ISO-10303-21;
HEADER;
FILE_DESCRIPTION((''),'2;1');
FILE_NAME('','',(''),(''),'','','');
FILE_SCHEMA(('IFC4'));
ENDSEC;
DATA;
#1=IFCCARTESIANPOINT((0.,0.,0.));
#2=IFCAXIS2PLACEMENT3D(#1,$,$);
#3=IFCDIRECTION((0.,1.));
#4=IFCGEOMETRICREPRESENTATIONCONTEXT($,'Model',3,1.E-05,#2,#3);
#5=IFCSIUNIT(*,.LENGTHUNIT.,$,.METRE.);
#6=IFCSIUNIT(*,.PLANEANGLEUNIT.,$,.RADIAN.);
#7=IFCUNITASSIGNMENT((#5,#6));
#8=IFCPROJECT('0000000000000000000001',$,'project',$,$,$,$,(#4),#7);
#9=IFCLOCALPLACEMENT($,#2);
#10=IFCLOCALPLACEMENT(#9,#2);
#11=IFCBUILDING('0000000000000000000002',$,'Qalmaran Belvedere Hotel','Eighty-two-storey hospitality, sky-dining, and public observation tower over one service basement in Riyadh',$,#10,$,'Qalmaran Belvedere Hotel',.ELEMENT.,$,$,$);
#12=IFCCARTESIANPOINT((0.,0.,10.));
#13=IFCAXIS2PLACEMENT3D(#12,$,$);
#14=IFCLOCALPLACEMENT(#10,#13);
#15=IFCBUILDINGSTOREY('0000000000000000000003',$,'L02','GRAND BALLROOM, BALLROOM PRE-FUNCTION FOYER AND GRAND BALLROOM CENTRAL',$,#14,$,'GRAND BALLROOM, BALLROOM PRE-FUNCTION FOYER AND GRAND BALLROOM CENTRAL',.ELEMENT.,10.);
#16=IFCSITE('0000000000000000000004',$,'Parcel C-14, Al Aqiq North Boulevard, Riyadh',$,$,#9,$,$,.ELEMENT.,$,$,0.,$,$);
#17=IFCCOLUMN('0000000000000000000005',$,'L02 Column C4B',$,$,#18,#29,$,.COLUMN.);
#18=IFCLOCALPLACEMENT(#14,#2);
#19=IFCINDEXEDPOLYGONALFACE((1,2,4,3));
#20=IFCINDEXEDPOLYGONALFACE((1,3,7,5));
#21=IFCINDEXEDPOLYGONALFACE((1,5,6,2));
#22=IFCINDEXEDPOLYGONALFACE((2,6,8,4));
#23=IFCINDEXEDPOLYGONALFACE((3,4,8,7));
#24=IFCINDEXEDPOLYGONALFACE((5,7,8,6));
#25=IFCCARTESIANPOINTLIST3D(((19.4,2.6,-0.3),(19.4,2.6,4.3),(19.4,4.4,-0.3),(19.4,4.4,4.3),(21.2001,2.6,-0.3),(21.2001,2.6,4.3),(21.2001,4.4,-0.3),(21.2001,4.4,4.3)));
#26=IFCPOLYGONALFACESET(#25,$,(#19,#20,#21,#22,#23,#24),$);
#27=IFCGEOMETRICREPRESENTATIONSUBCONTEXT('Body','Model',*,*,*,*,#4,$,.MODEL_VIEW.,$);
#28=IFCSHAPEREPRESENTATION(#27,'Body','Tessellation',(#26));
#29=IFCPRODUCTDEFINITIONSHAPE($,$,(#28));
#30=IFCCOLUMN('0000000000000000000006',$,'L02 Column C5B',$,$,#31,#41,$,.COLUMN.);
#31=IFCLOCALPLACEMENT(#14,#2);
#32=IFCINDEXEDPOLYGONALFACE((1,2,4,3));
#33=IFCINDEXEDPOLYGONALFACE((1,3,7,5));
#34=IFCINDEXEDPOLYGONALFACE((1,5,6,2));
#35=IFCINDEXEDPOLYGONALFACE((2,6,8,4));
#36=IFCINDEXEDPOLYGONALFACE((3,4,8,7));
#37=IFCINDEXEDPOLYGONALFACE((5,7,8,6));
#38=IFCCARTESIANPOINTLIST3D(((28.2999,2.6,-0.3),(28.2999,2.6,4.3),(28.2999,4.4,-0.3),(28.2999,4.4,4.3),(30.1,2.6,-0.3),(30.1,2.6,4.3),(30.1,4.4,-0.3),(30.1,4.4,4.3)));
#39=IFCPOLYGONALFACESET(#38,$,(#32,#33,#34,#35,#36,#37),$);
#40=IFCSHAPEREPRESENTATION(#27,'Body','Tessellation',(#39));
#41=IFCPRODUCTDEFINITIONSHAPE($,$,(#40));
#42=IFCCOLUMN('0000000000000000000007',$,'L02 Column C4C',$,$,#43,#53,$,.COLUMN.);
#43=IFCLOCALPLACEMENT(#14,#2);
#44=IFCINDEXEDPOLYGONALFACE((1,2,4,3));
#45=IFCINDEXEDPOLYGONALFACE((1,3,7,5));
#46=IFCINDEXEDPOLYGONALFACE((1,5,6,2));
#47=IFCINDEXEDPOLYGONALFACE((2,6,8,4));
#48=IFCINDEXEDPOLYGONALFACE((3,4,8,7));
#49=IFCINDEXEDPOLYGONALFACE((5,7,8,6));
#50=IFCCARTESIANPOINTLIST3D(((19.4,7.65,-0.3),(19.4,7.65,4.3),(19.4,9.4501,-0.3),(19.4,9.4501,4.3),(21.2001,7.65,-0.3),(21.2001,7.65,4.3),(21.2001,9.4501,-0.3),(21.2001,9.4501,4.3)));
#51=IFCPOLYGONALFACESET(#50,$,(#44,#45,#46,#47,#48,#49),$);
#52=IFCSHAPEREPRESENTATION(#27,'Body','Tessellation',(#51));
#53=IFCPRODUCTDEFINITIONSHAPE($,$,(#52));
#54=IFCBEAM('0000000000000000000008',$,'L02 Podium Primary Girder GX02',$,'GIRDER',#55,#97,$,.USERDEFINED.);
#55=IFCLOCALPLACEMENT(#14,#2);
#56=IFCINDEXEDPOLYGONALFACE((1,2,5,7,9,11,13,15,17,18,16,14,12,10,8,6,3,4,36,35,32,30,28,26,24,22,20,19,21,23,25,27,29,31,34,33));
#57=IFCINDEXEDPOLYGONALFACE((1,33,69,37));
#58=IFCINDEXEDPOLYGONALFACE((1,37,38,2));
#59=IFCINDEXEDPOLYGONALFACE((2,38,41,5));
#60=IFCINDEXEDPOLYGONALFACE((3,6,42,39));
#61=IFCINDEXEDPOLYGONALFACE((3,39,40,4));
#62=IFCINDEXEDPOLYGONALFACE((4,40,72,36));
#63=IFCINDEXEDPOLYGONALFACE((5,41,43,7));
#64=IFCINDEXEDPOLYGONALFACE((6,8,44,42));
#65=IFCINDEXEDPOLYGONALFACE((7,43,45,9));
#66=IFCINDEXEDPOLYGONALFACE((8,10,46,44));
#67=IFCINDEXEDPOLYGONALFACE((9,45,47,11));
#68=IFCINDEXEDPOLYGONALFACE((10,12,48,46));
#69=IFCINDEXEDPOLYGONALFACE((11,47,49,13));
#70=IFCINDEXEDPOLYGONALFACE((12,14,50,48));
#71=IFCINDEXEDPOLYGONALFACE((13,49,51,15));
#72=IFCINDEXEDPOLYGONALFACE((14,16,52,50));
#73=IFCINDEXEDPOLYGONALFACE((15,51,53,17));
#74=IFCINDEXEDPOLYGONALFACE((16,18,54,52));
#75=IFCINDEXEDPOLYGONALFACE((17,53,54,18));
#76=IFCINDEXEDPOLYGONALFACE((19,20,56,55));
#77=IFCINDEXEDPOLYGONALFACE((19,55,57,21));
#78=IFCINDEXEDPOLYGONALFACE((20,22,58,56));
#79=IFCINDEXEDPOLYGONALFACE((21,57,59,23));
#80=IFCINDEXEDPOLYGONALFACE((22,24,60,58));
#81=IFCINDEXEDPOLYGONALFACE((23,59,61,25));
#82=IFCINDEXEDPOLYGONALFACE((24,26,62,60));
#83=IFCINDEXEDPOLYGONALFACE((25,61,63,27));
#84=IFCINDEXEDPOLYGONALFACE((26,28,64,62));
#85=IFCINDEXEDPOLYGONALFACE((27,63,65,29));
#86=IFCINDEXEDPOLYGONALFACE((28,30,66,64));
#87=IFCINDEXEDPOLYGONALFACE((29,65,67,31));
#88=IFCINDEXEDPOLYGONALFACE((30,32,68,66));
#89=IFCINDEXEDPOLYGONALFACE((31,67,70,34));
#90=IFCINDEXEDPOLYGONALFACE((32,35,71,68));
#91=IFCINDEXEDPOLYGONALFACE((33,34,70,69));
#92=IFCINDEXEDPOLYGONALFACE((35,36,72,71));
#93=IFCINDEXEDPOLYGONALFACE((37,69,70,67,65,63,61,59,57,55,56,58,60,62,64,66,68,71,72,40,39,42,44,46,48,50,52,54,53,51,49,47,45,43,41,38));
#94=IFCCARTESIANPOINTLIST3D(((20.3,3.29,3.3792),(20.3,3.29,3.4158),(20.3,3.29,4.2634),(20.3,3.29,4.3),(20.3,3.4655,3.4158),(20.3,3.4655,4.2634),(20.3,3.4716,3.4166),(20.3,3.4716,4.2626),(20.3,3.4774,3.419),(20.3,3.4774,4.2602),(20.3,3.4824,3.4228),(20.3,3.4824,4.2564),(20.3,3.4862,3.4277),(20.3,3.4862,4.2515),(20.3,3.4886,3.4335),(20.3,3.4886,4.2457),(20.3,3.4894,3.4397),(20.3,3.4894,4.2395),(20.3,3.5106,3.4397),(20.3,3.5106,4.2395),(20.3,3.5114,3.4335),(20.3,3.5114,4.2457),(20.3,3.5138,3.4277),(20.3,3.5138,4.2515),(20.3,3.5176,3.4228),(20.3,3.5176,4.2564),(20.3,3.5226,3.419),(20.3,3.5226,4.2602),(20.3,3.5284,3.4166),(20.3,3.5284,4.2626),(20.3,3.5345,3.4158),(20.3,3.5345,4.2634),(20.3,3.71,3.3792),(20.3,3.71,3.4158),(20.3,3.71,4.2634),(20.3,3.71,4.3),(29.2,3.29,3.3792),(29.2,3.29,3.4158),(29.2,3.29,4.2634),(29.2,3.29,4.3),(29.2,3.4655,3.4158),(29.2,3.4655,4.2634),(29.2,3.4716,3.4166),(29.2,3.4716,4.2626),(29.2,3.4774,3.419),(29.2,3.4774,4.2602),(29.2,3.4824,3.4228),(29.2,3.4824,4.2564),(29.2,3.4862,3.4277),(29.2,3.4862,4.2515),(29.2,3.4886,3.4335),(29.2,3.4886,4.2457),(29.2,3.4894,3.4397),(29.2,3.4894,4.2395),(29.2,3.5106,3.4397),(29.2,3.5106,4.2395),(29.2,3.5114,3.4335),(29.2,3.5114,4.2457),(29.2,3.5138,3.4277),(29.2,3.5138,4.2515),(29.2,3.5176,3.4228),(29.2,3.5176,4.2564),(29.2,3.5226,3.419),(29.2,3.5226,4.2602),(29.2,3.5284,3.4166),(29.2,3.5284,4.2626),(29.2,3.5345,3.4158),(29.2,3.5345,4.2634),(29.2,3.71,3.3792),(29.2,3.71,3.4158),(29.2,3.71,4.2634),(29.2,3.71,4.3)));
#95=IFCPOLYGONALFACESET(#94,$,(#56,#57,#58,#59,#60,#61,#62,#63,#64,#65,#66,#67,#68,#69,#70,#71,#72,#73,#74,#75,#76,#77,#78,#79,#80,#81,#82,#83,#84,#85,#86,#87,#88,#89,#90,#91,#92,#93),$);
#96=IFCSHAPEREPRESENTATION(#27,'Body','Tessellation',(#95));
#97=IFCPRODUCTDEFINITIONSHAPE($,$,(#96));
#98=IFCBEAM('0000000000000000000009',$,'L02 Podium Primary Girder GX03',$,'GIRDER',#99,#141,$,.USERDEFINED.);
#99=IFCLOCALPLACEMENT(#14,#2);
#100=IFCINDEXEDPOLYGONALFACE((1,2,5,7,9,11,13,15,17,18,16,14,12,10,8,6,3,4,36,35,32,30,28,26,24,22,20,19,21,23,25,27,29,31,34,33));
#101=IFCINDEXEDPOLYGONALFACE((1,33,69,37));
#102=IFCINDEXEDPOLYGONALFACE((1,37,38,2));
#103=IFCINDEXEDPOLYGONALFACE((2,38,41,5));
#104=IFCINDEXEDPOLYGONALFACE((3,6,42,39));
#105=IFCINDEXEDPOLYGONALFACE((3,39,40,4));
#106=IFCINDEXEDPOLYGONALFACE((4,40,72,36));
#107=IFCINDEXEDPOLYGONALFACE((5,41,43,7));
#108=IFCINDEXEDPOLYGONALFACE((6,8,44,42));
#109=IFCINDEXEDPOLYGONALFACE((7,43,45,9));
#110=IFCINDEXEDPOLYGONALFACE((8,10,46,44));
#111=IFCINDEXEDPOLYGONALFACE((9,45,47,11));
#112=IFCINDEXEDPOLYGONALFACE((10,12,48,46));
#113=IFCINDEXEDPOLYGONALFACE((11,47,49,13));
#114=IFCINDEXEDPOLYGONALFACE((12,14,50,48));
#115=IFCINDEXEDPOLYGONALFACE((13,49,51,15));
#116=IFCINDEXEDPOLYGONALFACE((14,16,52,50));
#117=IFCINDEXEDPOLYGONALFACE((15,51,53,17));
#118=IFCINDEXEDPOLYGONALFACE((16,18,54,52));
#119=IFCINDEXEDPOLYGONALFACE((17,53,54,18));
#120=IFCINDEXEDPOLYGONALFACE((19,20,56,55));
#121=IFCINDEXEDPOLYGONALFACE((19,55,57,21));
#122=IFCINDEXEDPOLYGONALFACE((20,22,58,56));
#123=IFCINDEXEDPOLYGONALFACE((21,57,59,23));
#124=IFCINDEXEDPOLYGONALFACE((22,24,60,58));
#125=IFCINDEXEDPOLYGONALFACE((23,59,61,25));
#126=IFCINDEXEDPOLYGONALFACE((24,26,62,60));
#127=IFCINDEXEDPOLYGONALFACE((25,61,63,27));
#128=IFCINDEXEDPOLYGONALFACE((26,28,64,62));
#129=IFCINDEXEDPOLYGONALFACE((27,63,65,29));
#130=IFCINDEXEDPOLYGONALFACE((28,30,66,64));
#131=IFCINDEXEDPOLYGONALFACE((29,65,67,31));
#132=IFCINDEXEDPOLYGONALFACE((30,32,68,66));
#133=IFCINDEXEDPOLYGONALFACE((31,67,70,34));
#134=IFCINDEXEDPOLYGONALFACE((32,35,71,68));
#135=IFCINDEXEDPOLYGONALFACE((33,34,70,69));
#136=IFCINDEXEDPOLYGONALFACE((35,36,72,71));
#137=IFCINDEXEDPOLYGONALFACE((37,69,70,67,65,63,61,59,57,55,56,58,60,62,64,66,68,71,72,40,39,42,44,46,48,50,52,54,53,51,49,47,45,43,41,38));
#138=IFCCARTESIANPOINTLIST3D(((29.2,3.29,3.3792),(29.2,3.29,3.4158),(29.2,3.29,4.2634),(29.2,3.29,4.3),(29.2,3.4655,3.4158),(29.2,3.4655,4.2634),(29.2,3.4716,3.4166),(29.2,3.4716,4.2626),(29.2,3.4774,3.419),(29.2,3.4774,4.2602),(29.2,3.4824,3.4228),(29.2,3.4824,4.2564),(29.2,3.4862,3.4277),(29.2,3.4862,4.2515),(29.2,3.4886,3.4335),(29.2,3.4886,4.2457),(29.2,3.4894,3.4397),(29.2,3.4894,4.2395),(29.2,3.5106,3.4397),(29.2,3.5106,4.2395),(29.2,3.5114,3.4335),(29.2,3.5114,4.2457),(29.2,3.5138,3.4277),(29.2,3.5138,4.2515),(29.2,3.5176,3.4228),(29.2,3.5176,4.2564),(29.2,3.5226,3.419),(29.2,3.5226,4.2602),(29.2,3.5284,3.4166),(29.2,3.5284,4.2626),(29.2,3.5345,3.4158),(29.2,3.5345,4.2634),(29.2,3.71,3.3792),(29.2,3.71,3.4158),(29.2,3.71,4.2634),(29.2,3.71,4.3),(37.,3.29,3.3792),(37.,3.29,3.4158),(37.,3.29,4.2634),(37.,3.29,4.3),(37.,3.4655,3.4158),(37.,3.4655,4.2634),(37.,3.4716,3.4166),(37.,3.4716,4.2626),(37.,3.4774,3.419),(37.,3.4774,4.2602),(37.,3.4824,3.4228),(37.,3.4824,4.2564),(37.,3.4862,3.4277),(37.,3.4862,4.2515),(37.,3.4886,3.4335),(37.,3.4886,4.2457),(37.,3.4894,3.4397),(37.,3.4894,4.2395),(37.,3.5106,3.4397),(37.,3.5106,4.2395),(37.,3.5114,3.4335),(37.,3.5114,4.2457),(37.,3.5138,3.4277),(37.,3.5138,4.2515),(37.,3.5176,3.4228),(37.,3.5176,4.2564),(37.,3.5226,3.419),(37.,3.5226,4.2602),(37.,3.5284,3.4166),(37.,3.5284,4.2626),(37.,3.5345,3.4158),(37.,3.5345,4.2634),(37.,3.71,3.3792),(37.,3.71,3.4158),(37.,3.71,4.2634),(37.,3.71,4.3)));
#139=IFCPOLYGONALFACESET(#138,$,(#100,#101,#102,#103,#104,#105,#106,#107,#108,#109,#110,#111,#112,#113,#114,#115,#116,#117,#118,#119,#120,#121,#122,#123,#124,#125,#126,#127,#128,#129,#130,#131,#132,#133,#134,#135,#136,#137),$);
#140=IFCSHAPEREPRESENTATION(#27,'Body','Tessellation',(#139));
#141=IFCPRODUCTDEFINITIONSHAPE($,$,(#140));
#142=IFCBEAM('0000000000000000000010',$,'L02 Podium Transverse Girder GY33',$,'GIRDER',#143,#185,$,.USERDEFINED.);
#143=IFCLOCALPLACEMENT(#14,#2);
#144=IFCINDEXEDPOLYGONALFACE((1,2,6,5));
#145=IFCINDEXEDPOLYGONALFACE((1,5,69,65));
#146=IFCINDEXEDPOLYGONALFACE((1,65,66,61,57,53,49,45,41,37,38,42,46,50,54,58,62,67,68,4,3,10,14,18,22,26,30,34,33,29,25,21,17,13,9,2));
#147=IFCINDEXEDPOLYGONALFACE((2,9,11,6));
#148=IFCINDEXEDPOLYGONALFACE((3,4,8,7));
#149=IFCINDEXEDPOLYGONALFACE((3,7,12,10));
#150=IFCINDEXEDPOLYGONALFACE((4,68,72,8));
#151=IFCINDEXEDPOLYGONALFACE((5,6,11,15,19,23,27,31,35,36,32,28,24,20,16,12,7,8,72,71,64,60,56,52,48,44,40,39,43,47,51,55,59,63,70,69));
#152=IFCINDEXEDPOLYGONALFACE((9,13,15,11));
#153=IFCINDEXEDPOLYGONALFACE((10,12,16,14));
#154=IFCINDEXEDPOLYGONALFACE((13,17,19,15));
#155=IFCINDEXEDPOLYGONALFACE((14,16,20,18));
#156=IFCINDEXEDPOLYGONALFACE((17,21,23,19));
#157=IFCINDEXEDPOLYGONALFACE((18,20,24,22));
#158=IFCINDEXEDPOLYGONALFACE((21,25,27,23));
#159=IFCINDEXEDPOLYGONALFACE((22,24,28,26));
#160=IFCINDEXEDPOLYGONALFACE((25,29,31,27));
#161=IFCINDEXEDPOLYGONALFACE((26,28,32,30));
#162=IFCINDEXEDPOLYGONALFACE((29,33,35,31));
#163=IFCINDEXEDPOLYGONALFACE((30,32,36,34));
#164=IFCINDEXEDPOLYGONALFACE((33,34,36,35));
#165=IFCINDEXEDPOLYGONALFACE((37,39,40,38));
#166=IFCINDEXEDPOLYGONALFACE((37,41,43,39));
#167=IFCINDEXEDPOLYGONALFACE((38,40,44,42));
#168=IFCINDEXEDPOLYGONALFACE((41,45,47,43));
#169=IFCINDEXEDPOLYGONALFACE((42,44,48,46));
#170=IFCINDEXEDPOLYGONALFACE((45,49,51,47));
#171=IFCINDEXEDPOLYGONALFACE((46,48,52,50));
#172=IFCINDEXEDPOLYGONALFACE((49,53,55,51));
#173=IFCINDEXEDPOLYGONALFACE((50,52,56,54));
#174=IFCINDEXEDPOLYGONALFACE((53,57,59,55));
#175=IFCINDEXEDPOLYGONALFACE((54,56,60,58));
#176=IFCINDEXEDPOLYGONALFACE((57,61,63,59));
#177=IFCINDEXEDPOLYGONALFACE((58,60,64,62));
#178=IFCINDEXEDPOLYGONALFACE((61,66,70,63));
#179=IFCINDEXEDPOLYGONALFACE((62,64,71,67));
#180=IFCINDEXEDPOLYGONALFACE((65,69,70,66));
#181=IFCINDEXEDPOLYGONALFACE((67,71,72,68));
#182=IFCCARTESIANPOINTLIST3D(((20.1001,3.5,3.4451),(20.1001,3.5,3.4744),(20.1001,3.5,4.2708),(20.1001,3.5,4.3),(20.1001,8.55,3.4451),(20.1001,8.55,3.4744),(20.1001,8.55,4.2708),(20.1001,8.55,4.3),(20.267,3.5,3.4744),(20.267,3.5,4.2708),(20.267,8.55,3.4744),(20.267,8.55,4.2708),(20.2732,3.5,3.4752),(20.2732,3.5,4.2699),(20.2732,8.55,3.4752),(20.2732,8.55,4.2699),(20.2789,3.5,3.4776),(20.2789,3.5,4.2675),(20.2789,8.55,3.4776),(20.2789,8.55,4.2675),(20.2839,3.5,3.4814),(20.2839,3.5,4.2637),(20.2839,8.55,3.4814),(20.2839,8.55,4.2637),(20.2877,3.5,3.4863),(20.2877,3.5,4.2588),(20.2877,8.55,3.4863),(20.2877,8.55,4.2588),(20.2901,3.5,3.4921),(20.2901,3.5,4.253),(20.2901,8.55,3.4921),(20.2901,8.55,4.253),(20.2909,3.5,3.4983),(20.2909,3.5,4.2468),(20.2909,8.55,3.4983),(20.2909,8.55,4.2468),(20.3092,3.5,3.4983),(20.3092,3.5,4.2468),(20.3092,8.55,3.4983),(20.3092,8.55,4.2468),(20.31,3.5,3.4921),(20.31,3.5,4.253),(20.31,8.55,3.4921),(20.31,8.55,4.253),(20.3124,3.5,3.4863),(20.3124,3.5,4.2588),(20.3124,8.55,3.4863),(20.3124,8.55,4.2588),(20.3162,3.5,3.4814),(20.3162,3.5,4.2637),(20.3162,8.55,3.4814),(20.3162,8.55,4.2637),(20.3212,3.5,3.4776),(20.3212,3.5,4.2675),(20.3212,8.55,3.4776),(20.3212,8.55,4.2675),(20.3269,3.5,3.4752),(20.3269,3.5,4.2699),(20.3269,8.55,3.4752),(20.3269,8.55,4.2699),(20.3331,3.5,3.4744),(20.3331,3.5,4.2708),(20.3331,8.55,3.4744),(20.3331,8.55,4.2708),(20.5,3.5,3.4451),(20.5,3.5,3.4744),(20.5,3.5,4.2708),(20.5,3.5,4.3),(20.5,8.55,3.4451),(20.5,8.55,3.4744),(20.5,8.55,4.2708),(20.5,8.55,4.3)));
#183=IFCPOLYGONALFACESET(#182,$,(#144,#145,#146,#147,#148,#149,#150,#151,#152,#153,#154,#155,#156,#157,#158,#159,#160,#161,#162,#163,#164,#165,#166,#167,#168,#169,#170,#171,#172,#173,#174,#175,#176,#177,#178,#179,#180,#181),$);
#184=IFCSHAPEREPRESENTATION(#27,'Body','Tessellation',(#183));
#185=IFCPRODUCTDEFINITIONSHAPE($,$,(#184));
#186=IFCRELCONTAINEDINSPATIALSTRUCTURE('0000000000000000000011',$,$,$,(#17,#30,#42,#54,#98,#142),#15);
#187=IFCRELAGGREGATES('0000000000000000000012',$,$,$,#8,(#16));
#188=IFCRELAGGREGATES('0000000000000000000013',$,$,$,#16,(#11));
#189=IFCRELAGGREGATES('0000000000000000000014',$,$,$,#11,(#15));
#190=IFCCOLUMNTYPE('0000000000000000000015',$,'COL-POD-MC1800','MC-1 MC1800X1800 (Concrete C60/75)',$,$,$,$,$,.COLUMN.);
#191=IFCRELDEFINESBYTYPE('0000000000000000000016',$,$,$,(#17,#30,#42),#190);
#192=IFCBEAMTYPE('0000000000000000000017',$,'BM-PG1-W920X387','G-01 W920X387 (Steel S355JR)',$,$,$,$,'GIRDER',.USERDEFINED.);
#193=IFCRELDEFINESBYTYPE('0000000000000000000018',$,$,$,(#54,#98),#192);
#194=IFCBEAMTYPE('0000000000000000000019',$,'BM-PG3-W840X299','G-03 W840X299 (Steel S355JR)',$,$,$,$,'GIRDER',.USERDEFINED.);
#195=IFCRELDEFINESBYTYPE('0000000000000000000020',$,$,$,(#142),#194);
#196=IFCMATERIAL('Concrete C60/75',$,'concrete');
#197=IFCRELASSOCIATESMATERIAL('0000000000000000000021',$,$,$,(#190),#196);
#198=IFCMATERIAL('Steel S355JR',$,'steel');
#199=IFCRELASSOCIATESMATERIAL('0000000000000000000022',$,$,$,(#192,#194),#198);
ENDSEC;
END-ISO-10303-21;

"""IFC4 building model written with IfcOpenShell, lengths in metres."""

from ifc_helpers import new_model, si_unit, direction, frame, origin, origin_2d, place, context, subcontext, project, spatial, rectangle, i_section, extrude, material, material_profile, profile_set, type_object, element, save


model = new_model("IFC4")

# Units and contexts
model_context = context("Model", 3, precision=1e-05, world=origin(), true_north=direction((0.0, 1.0)))
body_context = subcontext(model_context, "Body", "Model", "MODEL_VIEW")
ifc_project = project(units=[si_unit("LENGTHUNIT", "METRE"), si_unit("PLANEANGLEUNIT", "RADIAN")], contexts=[model_context])

# Site, building, storey
site_placement = place(None, origin())
site = spatial("IfcSite", under=ifc_project, at=site_placement, Name="Parcel C-14, Al Aqiq North Boulevard, Riyadh", CompositionType="ELEMENT", RefElevation=0.0)
building_placement = place(site_placement, origin())
building = spatial("IfcBuilding", under=site, at=building_placement, Name="Qalmaran Belvedere Hotel", Description="Eighty-two-storey hospitality, sky-dining, and public observation tower over one service basement in Riyadh", LongName="Qalmaran Belvedere Hotel", CompositionType="ELEMENT")
storey_placement = place(building_placement, frame((0.0, 0.0, 10.0)))
storey = spatial("IfcBuildingStorey", under=building, at=storey_placement, Name="L02", Description="GRAND BALLROOM, BALLROOM PRE-FUNCTION FOYER AND GRAND BALLROOM CENTRAL", LongName="GRAND BALLROOM, BALLROOM PRE-FUNCTION FOYER AND GRAND BALLROOM CENTRAL", CompositionType="ELEMENT", Elevation=10.0)

# Columns
ifc_material_1 = material(Name="Concrete C60/75", Category="concrete")
ifc_material_profile_1 = material_profile(ifc_material_1, rectangle(XDim=1.8, YDim=1.8, at=origin_2d()), Name="MC1800X1800")
ifc_profile_set_1 = profile_set([ifc_material_profile_1], Name="Concrete C60/75")
column_type = type_object("IfcColumnType", Name="COL-POD-MC1800", Description="MC-1 MC1800X1800 (Concrete C60/75)", PredefinedType="COLUMN", material=ifc_profile_set_1)
for number, where, z_axis, x_axis, name in (
    (1, (20.3, 3.5, -0.3), (0.0, 0.0, 1.0), (1.0, 0.0, 0.0), "L02 Column C4B"),
    (2, (29.2, 3.5, -0.3), (0.0, 0.0, 1.0), (1.0, 0.0, 0.0), "L02 Column C5B"),
    (3, (20.3, 8.55, -0.3), (0.0, 0.0, 1.0), (1.0, 0.0, 0.0), "L02 Column C4C"),
):
    element("IfcColumn", number, at=place(storey_placement, frame(where, z_axis=z_axis, x_axis=x_axis)), inside=storey, type_object=column_type, Name=name, PredefinedType="COLUMN", context=body_context, shape_type="SweptSolid", body=[
        extrude(rectangle(XDim=1.8, YDim=1.8, at=origin_2d()), origin(), (0.0, 0.0, 1.0), 4.6001),
    ])

# Beams
ifc_material_2 = material(Name="Steel S355JR", Category="steel")
ifc_material_profile_2 = material_profile(ifc_material_2, i_section(OverallWidth=0.4199, OverallDepth=0.9209, WebThickness=0.0212, FlangeThickness=0.0366, FilletRadius=0.0239, at=origin_2d()), Name="W920X387")
ifc_profile_set_2 = profile_set([ifc_material_profile_2], Name="Steel S355JR")
beam_type_1 = type_object("IfcBeamType", Name="BM-PG1-W920X387", Description="G-01 W920X387 (Steel S355JR)", ElementType="GIRDER", PredefinedType="USERDEFINED", material=ifc_profile_set_2)
beam_1_placement = place(storey_placement, frame((20.3, 3.5, 3.8396), z_axis=(1.0, 0.0, 0.0), x_axis=(0.0, 1.0, 0.0)))
element("IfcBeam", 4, at=beam_1_placement, inside=storey, type_object=beam_type_1, Name="L02 Podium Primary Girder GX02", ObjectType="GIRDER", PredefinedType="USERDEFINED", context=body_context, shape_type="SweptSolid", body=[
    extrude(i_section(OverallWidth=0.4199, OverallDepth=0.9209, WebThickness=0.0212, FlangeThickness=0.0366, FilletRadius=0.0239, at=origin_2d()), origin(), (0.0, 0.0, 1.0), 8.8999),
])
beam_2_placement = place(storey_placement, frame((29.2, 3.5, 3.8396), z_axis=(1.0, 0.0, 0.0), x_axis=(0.0, 1.0, 0.0)))
element("IfcBeam", 5, at=beam_2_placement, inside=storey, type_object=beam_type_1, Name="L02 Podium Primary Girder GX03", ObjectType="GIRDER", PredefinedType="USERDEFINED", context=body_context, shape_type="SweptSolid", body=[
    extrude(i_section(OverallWidth=0.4199, OverallDepth=0.9209, WebThickness=0.0212, FlangeThickness=0.0366, FilletRadius=0.0239, at=origin_2d()), origin(), (0.0, 0.0, 1.0), 7.8),
])
ifc_material_profile_3 = material_profile(ifc_material_2, i_section(OverallWidth=0.3999, OverallDepth=0.855, WebThickness=0.0183, FlangeThickness=0.0293, FilletRadius=0.0239, at=origin_2d()), Name="W840X299")
ifc_profile_set_3 = profile_set([ifc_material_profile_3], Name="Steel S355JR")
beam_type_2 = type_object("IfcBeamType", Name="BM-PG3-W840X299", Description="G-03 W840X299 (Steel S355JR)", ElementType="GIRDER", PredefinedType="USERDEFINED", material=ifc_profile_set_3)
beam_3_placement = place(storey_placement, frame((20.3, 3.5, 3.8726), z_axis=(0.0, 1.0, 0.0), x_axis=(-1.0, 0.0, 0.0)))
element("IfcBeam", 6, at=beam_3_placement, inside=storey, type_object=beam_type_2, Name="L02 Podium Transverse Girder GY33", ObjectType="GIRDER", PredefinedType="USERDEFINED", context=body_context, shape_type="SweptSolid", body=[
    extrude(i_section(OverallWidth=0.3999, OverallDepth=0.855, WebThickness=0.0183, FlangeThickness=0.0293, FilletRadius=0.0239, at=origin_2d()), origin(), (0.0, 0.0, 1.0), 5.05),
])

save(model, "model.ifc")
